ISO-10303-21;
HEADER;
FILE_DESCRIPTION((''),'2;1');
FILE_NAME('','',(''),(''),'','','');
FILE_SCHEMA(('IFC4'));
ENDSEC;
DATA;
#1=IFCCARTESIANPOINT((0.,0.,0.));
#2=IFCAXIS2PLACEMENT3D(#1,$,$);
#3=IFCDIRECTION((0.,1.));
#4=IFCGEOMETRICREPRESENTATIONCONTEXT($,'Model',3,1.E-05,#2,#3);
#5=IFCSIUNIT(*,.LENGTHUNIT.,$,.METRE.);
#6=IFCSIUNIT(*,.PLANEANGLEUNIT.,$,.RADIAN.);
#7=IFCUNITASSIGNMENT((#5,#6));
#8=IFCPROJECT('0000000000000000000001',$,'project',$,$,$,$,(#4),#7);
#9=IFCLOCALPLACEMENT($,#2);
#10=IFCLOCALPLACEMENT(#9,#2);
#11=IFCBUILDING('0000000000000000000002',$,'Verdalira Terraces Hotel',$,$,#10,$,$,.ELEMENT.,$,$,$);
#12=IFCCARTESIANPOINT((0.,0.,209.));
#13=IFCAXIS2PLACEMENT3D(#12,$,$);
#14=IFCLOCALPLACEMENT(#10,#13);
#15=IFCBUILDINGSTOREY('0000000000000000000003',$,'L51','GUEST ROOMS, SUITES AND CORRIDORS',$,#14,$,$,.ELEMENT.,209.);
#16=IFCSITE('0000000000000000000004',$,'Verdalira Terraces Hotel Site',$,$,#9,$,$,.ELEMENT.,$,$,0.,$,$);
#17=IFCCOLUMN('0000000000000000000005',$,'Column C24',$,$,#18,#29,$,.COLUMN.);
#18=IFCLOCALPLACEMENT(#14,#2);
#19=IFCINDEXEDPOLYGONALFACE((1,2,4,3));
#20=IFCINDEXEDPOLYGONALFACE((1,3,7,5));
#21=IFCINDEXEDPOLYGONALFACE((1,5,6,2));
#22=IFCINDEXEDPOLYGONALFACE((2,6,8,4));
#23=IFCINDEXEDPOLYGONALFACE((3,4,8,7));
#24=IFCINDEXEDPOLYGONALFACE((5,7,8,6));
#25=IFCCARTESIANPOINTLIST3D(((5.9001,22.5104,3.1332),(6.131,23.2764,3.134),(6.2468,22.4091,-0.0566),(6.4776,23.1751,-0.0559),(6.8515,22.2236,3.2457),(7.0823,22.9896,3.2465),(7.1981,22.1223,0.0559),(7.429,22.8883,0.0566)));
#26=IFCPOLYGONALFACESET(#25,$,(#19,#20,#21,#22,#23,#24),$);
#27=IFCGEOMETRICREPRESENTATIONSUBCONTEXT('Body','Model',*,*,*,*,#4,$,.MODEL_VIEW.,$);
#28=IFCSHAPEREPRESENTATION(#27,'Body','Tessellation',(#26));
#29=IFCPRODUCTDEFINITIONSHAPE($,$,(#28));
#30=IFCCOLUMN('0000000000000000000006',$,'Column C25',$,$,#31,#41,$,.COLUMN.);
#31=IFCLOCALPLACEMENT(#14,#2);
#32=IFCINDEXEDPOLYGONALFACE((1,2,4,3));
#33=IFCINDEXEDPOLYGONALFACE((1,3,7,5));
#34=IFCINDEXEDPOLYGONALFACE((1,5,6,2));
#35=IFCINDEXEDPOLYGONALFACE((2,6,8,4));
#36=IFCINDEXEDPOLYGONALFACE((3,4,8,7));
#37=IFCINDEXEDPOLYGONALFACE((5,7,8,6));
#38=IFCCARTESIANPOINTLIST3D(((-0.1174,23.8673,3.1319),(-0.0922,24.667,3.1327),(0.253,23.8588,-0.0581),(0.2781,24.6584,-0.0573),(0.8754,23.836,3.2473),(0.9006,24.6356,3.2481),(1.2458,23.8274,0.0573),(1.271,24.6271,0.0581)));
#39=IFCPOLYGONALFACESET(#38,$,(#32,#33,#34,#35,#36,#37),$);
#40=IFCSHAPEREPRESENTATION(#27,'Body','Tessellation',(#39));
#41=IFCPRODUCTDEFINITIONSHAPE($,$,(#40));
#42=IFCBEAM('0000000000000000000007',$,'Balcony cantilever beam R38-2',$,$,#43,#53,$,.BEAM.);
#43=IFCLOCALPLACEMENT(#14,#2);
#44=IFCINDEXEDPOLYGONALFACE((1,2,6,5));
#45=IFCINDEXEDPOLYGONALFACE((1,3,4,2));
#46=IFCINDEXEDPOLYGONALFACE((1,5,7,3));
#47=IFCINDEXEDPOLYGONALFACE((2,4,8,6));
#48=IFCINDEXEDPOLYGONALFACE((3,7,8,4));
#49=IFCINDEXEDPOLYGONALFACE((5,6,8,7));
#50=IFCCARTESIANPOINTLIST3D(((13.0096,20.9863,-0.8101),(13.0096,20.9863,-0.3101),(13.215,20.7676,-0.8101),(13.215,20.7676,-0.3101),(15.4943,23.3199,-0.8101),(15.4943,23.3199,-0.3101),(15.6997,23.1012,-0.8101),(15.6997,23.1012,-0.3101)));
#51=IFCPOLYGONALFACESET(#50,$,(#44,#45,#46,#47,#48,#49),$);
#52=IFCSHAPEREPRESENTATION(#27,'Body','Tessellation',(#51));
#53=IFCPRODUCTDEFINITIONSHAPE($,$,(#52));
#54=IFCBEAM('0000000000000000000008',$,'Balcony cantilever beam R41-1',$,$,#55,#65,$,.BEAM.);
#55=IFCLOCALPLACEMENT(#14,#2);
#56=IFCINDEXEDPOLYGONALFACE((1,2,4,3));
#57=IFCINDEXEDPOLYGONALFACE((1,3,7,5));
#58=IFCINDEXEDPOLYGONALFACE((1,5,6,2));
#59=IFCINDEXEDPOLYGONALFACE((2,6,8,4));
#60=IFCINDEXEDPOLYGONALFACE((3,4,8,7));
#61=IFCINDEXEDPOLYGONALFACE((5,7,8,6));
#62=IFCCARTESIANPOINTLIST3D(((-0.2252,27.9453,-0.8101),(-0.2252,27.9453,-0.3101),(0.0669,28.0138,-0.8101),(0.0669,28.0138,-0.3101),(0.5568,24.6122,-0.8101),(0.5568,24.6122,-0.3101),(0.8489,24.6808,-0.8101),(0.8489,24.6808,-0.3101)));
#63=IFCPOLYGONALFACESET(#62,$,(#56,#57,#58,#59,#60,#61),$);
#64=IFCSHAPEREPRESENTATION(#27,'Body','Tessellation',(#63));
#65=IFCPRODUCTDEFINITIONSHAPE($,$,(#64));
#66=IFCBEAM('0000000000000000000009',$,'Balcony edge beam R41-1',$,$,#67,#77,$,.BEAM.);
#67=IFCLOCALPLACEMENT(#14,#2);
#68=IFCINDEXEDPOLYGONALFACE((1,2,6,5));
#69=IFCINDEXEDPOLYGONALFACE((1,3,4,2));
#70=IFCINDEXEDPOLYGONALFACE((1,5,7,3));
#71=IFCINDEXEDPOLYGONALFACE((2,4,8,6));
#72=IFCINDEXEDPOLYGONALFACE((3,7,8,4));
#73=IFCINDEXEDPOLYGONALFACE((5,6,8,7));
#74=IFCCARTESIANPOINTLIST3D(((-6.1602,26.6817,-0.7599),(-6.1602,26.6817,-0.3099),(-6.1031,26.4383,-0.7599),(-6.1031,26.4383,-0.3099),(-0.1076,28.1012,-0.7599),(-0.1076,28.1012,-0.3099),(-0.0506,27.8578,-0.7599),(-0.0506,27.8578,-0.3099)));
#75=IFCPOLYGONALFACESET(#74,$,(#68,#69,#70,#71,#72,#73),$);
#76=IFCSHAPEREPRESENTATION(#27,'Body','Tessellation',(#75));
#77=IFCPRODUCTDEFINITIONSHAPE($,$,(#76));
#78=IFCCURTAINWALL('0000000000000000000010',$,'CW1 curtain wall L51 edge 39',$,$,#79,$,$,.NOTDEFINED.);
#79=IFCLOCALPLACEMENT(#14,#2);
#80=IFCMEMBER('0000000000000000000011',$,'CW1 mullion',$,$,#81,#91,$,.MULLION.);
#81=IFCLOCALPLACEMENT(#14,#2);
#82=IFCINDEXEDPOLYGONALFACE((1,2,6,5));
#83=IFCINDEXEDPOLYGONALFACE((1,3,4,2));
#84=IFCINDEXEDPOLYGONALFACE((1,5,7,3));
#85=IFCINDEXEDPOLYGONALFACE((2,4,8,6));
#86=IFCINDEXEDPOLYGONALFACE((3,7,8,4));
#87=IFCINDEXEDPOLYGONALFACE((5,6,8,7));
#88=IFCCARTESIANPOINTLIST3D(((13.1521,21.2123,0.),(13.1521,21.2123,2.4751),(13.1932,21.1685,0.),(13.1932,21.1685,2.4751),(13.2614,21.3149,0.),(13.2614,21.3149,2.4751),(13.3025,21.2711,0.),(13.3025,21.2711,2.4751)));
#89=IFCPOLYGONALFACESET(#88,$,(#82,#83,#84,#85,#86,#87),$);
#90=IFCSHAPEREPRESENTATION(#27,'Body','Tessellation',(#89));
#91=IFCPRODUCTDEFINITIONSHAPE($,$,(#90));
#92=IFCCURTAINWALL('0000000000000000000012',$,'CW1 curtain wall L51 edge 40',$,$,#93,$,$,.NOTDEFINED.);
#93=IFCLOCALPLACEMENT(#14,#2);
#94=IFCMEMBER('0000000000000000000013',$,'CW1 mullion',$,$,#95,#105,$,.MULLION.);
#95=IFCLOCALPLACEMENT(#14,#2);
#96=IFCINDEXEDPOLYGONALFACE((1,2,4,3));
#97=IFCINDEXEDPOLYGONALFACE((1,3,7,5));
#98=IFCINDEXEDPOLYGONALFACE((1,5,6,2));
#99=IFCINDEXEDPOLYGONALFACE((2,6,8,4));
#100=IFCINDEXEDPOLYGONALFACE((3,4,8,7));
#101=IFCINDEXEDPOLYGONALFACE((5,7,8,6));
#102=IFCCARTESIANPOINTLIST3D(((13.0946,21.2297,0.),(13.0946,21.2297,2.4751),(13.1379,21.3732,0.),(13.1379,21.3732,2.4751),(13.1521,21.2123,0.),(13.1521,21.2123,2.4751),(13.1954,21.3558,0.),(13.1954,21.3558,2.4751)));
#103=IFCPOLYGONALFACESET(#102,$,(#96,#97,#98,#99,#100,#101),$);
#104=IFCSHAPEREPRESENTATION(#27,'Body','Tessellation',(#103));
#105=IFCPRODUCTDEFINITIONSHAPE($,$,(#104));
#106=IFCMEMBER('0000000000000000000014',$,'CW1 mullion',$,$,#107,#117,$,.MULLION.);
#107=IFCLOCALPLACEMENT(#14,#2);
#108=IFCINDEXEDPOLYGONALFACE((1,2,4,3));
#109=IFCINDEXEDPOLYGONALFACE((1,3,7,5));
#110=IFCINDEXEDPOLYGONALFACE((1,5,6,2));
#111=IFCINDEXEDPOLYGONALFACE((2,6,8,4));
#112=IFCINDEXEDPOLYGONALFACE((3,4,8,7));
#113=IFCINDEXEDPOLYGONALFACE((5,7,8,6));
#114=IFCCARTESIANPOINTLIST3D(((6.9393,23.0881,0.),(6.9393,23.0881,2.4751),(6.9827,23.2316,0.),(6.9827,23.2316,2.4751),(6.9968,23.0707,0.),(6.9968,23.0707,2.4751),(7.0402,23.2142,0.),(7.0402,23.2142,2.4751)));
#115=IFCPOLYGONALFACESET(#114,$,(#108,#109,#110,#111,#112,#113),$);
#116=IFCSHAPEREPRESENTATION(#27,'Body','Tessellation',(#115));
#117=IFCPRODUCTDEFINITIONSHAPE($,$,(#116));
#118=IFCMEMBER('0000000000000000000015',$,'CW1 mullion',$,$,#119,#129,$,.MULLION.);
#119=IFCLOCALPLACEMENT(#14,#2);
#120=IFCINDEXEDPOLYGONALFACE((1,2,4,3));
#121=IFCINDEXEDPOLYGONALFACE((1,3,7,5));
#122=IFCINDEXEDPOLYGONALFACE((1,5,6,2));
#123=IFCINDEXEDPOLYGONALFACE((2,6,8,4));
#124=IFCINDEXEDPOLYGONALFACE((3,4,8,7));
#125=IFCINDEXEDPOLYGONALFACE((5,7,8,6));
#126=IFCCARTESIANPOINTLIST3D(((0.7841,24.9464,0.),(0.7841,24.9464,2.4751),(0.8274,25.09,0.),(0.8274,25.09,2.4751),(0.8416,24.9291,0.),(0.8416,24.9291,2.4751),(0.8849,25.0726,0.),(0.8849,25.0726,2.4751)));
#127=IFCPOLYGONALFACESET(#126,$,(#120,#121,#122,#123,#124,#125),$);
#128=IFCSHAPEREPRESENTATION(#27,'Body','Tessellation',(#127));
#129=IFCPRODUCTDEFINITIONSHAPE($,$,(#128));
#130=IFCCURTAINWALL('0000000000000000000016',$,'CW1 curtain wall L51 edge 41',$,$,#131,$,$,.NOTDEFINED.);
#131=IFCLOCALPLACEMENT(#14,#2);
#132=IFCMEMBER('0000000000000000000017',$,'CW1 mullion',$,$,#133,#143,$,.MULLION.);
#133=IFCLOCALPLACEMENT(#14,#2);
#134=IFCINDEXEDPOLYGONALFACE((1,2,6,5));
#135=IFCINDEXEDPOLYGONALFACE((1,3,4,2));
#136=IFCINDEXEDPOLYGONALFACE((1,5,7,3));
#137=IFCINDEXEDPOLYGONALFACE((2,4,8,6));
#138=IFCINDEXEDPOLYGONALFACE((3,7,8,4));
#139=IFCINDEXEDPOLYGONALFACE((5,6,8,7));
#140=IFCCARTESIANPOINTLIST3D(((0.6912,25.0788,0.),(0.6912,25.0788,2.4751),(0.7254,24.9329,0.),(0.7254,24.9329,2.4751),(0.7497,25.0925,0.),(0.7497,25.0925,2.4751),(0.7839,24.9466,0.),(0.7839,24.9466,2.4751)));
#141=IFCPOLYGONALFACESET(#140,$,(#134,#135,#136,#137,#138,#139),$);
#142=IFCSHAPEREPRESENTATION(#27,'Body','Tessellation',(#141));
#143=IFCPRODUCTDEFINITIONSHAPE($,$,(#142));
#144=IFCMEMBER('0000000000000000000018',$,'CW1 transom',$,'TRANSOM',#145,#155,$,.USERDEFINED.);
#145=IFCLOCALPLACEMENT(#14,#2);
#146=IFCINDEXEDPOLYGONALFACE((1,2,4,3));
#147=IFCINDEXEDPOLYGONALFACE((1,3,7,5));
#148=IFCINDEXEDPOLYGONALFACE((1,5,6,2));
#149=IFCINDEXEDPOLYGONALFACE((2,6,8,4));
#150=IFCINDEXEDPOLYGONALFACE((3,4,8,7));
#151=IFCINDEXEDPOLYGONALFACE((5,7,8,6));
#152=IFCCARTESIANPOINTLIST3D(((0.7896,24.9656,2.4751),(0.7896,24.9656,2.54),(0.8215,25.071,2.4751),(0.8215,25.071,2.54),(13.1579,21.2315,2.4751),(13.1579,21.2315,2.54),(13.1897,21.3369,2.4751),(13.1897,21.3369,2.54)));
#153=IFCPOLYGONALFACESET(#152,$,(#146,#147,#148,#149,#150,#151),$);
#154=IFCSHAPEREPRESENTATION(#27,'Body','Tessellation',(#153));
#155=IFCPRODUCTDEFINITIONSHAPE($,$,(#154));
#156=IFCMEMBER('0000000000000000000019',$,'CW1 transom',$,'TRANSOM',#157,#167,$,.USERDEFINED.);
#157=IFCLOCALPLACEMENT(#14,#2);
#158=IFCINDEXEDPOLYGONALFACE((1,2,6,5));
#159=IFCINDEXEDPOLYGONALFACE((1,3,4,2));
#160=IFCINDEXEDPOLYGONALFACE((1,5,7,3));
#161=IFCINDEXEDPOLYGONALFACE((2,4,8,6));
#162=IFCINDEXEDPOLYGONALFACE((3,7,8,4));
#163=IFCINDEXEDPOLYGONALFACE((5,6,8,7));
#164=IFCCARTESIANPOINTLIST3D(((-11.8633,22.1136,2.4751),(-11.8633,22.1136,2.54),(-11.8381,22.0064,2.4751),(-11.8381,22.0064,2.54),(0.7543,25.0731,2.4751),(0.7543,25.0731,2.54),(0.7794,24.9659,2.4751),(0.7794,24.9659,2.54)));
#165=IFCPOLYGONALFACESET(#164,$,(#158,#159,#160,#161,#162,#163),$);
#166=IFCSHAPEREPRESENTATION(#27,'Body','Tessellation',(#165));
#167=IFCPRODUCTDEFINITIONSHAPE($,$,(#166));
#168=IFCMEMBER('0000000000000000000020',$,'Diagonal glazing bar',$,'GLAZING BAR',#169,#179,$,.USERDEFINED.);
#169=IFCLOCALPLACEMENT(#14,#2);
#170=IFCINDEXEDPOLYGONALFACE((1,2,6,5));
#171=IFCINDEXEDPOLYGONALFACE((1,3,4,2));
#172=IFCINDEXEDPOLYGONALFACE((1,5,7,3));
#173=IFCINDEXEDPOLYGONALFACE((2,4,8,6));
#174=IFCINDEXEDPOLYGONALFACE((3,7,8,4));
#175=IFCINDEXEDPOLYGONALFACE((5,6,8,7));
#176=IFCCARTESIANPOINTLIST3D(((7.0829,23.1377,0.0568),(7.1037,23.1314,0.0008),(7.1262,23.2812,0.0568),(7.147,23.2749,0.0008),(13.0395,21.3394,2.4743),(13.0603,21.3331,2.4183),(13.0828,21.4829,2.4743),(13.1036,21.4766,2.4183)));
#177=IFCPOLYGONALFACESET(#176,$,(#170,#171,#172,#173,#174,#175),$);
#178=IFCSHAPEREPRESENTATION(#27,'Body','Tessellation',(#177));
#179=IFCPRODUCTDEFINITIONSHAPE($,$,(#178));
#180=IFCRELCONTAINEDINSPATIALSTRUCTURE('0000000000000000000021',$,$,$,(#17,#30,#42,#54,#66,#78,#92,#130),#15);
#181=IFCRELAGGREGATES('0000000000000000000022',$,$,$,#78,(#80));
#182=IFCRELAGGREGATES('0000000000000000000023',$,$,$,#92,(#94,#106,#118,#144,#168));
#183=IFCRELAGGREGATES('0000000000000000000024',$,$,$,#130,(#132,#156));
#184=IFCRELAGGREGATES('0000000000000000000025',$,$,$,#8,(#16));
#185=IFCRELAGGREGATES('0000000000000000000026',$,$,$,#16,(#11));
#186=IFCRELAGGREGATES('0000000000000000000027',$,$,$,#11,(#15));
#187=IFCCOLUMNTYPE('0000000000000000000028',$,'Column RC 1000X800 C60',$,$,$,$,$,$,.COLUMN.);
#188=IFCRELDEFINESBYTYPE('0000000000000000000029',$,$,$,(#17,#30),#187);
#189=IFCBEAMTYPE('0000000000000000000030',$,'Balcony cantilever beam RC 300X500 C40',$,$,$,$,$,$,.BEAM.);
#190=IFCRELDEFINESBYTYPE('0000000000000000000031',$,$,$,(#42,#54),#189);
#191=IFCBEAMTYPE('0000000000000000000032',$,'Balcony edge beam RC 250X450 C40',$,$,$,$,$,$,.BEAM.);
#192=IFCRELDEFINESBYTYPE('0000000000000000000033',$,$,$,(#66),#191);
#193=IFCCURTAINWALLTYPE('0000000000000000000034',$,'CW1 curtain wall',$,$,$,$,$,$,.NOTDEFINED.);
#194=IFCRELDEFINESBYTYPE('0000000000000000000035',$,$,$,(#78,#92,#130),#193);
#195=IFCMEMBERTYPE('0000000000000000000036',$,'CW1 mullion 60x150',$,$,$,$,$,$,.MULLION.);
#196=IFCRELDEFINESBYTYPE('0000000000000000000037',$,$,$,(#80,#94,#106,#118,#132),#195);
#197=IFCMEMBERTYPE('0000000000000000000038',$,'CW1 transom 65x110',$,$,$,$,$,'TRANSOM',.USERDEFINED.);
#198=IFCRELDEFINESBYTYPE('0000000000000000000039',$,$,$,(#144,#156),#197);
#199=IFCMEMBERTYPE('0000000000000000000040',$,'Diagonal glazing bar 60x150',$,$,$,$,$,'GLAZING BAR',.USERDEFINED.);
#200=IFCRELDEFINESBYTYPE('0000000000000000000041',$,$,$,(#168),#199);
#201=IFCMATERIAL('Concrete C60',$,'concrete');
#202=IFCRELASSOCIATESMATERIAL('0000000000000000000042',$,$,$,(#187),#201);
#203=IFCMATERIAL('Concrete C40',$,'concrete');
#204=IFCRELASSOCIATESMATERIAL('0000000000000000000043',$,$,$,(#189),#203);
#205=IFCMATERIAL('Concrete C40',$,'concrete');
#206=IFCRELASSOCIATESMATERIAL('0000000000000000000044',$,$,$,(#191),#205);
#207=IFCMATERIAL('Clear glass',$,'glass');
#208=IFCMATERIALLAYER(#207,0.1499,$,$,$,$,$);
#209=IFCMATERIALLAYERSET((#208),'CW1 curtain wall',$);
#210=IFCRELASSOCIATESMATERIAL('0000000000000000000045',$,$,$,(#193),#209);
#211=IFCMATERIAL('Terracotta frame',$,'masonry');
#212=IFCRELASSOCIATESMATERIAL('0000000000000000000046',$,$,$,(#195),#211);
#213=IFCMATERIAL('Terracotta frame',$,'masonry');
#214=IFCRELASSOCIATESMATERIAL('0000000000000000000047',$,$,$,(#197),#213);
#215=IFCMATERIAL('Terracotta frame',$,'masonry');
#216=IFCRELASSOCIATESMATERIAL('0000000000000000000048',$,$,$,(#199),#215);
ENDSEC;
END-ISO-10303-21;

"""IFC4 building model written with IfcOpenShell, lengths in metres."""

from ifc_helpers import new_model, si_unit, direction, frame, origin, origin_2d, place, context, subcontext, project, spatial, rectangle, extrude, material, layer, layer_set, material_profile, profile_set, type_object, element, aggregate, save


model = new_model("IFC4")

# Units and contexts
model_context = context("Model", 3, precision=1e-05, world=origin(), true_north=direction((0.0, 1.0)))
body_context = subcontext(model_context, "Body", "Model", "MODEL_VIEW")
ifc_project = project(units=[si_unit("LENGTHUNIT", "METRE"), si_unit("PLANEANGLEUNIT", "RADIAN")], contexts=[model_context])

# Site, building, storey
site_placement = place(None, origin())
site = spatial("IfcSite", under=ifc_project, at=site_placement, Name="Verdalira Terraces Hotel Site", CompositionType="ELEMENT", RefElevation=0.0)
building_placement = place(site_placement, origin())
building = spatial("IfcBuilding", under=site, at=building_placement, Name="Verdalira Terraces Hotel", CompositionType="ELEMENT")
storey_placement = place(building_placement, frame((0.0, 0.0, 209.0)))
storey = spatial("IfcBuildingStorey", under=building, at=storey_placement, Name="L51", Description="GUEST ROOMS, SUITES AND CORRIDORS", CompositionType="ELEMENT", Elevation=209.0)

# Columns
ifc_material_1 = material(Name="Concrete C60", Category="concrete")
ifc_material_profile_1 = material_profile(ifc_material_1, rectangle(XDim=1.0, YDim=0.8, at=origin_2d()), Name="RC 1000X800")
ifc_profile_set_1 = profile_set([ifc_material_profile_1], Name="Concrete C60")
column_type = type_object("IfcColumnType", Name="Column RC 1000X800 C60", PredefinedType="COLUMN", material=ifc_profile_set_1)
column_1_placement = place(storey_placement, frame((6.8379, 22.6487, 0.0), z_axis=(-0.107989, 0.03156, 0.993651), x_axis=(-0.951355, 0.286821, -0.112502)))
element("IfcColumn", 1, at=column_1_placement, inside=storey, type_object=column_type, Name="Column C24", PredefinedType="COLUMN", context=body_context, shape_type="SweptSolid", body=[
    extrude(rectangle(XDim=1.0, YDim=0.8, at=origin_2d()), origin(), (0.0, 0.0, 1.0), 3.2102),
])
column_2_placement = place(storey_placement, frame((0.762, 24.2429, 0.0), z_axis=(-0.115328, 0.002661, 0.993324), x_axis=(0.99283, -0.031342, 0.115354)))
element("IfcColumn", 2, at=column_2_placement, inside=storey, type_object=column_type, Name="Column C25", PredefinedType="COLUMN", context=body_context, shape_type="SweptSolid", body=[
    extrude(rectangle(XDim=1.0, YDim=0.8, at=origin_2d()), origin(), (0.0, 0.0, 1.0), 3.2114),
])

# Beams
ifc_material_2 = material(Name="Concrete C40", Category="concrete")
ifc_material_profile_2 = material_profile(ifc_material_2, rectangle(XDim=0.3, YDim=0.5, at=origin_2d()), Name="RC 300X500")
ifc_profile_set_2 = profile_set([ifc_material_profile_2], Name="Concrete C40")
beam_type_1 = type_object("IfcBeamType", Name="Balcony cantilever beam RC 300X500 C40", PredefinedType="BEAM", material=ifc_profile_set_2)
beam_1_placement = place(storey_placement, frame((13.1123, 20.877, -0.5601), z_axis=(0.728927, 0.684591, 0.0), x_axis=(-0.684591, 0.728927, 0.0)))
element("IfcBeam", 3, at=beam_1_placement, inside=storey, type_object=beam_type_1, Name="Balcony cantilever beam R38-2", PredefinedType="BEAM", context=body_context, shape_type="SweptSolid", body=[
    extrude(rectangle(XDim=0.3, YDim=0.5, at=origin_2d()), origin(), (0.0, 0.0, 1.0), 3.4087),
])
beam_2_placement = place(storey_placement, frame((0.7029, 24.6465, -0.5601), z_axis=(-0.228415, 0.973564, 0.0), x_axis=(-0.973564, -0.228415, 0.0)))
element("IfcBeam", 4, at=beam_2_placement, inside=storey, type_object=beam_type_1, Name="Balcony cantilever beam R41-1", PredefinedType="BEAM", context=body_context, shape_type="SweptSolid", body=[
    extrude(rectangle(XDim=0.3, YDim=0.5, at=origin_2d()), origin(), (0.0, 0.0, 1.0), 3.4236),
])
ifc_material_3 = material(Name="Concrete C40", Category="concrete")
ifc_material_profile_3 = material_profile(ifc_material_3, rectangle(XDim=0.25, YDim=0.45, at=origin_2d()), Name="RC 250X450")
ifc_profile_set_3 = profile_set([ifc_material_profile_3], Name="Concrete C40")
beam_type_2 = type_object("IfcBeamType", Name="Balcony edge beam RC 250X450 C40", PredefinedType="BEAM", material=ifc_profile_set_3)
beam_3_placement = place(storey_placement, frame((-0.0791, 27.9795, -0.5349), z_axis=(-0.973585, -0.228326, 0.0), x_axis=(0.228326, -0.973585, 0.0)))
element("IfcBeam", 5, at=beam_3_placement, inside=storey, type_object=beam_type_2, Name="Balcony edge beam R41-1", PredefinedType="BEAM", context=body_context, shape_type="SweptSolid", body=[
    extrude(rectangle(XDim=0.25, YDim=0.45, at=origin_2d()), origin(), (0.0, 0.0, 1.0), 6.2168),
])

# Curtain wall, member
ifc_material_4 = material(Name="Clear glass", Category="glass")
ifc_layer_1 = layer(ifc_material_4, 0.1499)
ifc_layer_set_1 = layer_set([ifc_layer_1], Name="CW1 curtain wall")
curtain_wall_type = type_object("IfcCurtainWallType", Name="CW1 curtain wall", PredefinedType="NOTDEFINED", material=ifc_layer_set_1)
curtain_wall_1_placement = place(storey_placement, origin())
curtain_wall_1 = element("IfcCurtainWall", 6, at=curtain_wall_1_placement, inside=storey, type_object=curtain_wall_type, Name="CW1 curtain wall L51 edge 39", PredefinedType="NOTDEFINED")
ifc_material_5 = material(Name="Terracotta frame", Category="masonry")
ifc_material_profile_4 = material_profile(ifc_material_5, rectangle(XDim=0.0601, YDim=0.1499, at=origin_2d()), Name="MU 60x150")
ifc_profile_set_4 = profile_set([ifc_material_profile_4], Name="Terracotta frame")
member_type_1 = type_object("IfcMemberType", Name="CW1 mullion 60x150", PredefinedType="MULLION", material=ifc_profile_set_4)
member_1_placement = place(storey_placement, frame((13.2273, 21.2417, 0.0), z_axis=(0.0, 0.0, 1.0), x_axis=(-0.684547, 0.728969, 0.0)))
member_1 = element("IfcMember", 7, at=member_1_placement, type_object=member_type_1, Name="CW1 mullion", PredefinedType="MULLION", context=body_context, shape_type="SweptSolid", body=[
    extrude(rectangle(XDim=0.0601, YDim=0.1499, at=origin_2d()), origin(), (0.0, 0.0, 1.0), 2.4751),
])
aggregate(curtain_wall_1, [member_1])

# Curtain wall, members
curtain_wall_2_placement = place(storey_placement, origin())
curtain_wall_2 = element("IfcCurtainWall", 8, at=curtain_wall_2_placement, inside=storey, type_object=curtain_wall_type, Name="CW1 curtain wall L51 edge 40", PredefinedType="NOTDEFINED")
member_2_placement = place(storey_placement, frame((13.145, 21.2927, 0.0), z_axis=(0.0, 0.0, 1.0), x_axis=(-0.957319, 0.289032, 0.0)))
member_2 = element("IfcMember", 9, at=member_2_placement, type_object=member_type_1, Name="CW1 mullion", PredefinedType="MULLION", context=body_context, shape_type="SweptSolid", body=[
    extrude(rectangle(XDim=0.0601, YDim=0.1499, at=origin_2d()), origin(), (0.0, 0.0, 1.0), 2.4751),
])
member_3_placement = place(storey_placement, frame((6.9897, 23.1511, 0.0), z_axis=(0.0, 0.0, 1.0), x_axis=(-0.957319, 0.289032, 0.0)))
member_3 = element("IfcMember", 10, at=member_3_placement, type_object=member_type_1, Name="CW1 mullion", PredefinedType="MULLION", context=body_context, shape_type="SweptSolid", body=[
    extrude(rectangle(XDim=0.0601, YDim=0.1499, at=origin_2d()), origin(), (0.0, 0.0, 1.0), 2.4751),
])
member_4_placement = place(storey_placement, frame((0.8345, 25.0095, 0.0), z_axis=(0.0, 0.0, 1.0), x_axis=(-0.957319, 0.289032, 0.0)))
member_4 = element("IfcMember", 11, at=member_4_placement, type_object=member_type_1, Name="CW1 mullion", PredefinedType="MULLION", context=body_context, shape_type="SweptSolid", body=[
    extrude(rectangle(XDim=0.0601, YDim=0.1499, at=origin_2d()), origin(), (0.0, 0.0, 1.0), 2.4751),
])

# Curtain wall, member
curtain_wall_3_placement = place(storey_placement, origin())
curtain_wall_3 = element("IfcCurtainWall", 12, at=curtain_wall_3_placement, inside=storey, type_object=curtain_wall_type, Name="CW1 curtain wall L51 edge 41", PredefinedType="NOTDEFINED")
member_5_placement = place(storey_placement, frame((0.7375, 25.0127, 0.0), z_axis=(0.0, 0.0, 1.0), x_axis=(-0.973579, -0.228351, 0.0)))
member_5 = element("IfcMember", 13, at=member_5_placement, type_object=member_type_1, Name="CW1 mullion", PredefinedType="MULLION", context=body_context, shape_type="SweptSolid", body=[
    extrude(rectangle(XDim=0.0601, YDim=0.1499, at=origin_2d()), origin(), (0.0, 0.0, 1.0), 2.4751),
])

# Members
ifc_material_6 = material(Name="Terracotta frame", Category="masonry")
ifc_material_profile_5 = material_profile(ifc_material_6, rectangle(XDim=0.1101, YDim=0.0649, at=origin_2d()), Name="TR 65x110")
ifc_profile_set_5 = profile_set([ifc_material_profile_5], Name="Terracotta frame")
member_type_2 = type_object("IfcMemberType", Name="CW1 transom 65x110", ElementType="TRANSOM", PredefinedType="USERDEFINED", material=ifc_profile_set_5)
member_6_placement = place(storey_placement, frame((13.1738, 21.2842, 2.5076), z_axis=(-0.95732, 0.289029, 0.0), x_axis=(-0.289029, -0.95732, 0.0)))
member_6 = element("IfcMember", 14, at=member_6_placement, type_object=member_type_2, Name="CW1 transom", ObjectType="TRANSOM", PredefinedType="USERDEFINED", context=body_context, shape_type="SweptSolid", body=[
    extrude(rectangle(XDim=0.1101, YDim=0.0649, at=origin_2d()), origin(), (0.0, 0.0, 1.0), 12.9197),
])
member_7_placement = place(storey_placement, frame((0.7668, 25.0195, 2.5076), z_axis=(-0.973578, -0.228357, 0.0), x_axis=(0.228357, -0.973578, 0.0)))
member_7 = element("IfcMember", 15, at=member_7_placement, type_object=member_type_2, Name="CW1 transom", ObjectType="TRANSOM", PredefinedType="USERDEFINED", context=body_context, shape_type="SweptSolid", body=[
    extrude(rectangle(XDim=0.1101, YDim=0.0649, at=origin_2d()), origin(), (0.0, 0.0, 1.0), 12.96),
])
ifc_material_7 = material(Name="Terracotta frame", Category="masonry")
ifc_material_profile_6 = material_profile(ifc_material_7, rectangle(XDim=0.1499, YDim=0.0601, at=origin_2d()), Name="GB 60x150")
ifc_profile_set_6 = profile_set([ifc_material_profile_6], Name="Terracotta frame")
member_type_3 = type_object("IfcMemberType", Name="Diagonal glazing bar 60x150", ElementType="GLAZING BAR", PredefinedType="USERDEFINED", material=ifc_profile_set_6)
member_8_placement = place(storey_placement, frame((13.0715, 21.408, 2.4463), z_axis=(-0.892336, 0.269405, -0.362157), x_axis=(-0.289025, -0.957322, 0.0)))
member_8 = element("IfcMember", 16, at=member_8_placement, type_object=member_type_3, Name="Diagonal glazing bar", ObjectType="GLAZING BAR", PredefinedType="USERDEFINED", context=body_context, shape_type="SweptSolid", body=[
    extrude(rectangle(XDim=0.1499, YDim=0.0601, at=origin_2d()), origin(), (0.0, 0.0, 1.0), 6.6753),
])

aggregate(curtain_wall_2, [member_2, member_3, member_4, member_6, member_8])
aggregate(curtain_wall_3, [member_5, member_7])

save(model, "model.ifc")
